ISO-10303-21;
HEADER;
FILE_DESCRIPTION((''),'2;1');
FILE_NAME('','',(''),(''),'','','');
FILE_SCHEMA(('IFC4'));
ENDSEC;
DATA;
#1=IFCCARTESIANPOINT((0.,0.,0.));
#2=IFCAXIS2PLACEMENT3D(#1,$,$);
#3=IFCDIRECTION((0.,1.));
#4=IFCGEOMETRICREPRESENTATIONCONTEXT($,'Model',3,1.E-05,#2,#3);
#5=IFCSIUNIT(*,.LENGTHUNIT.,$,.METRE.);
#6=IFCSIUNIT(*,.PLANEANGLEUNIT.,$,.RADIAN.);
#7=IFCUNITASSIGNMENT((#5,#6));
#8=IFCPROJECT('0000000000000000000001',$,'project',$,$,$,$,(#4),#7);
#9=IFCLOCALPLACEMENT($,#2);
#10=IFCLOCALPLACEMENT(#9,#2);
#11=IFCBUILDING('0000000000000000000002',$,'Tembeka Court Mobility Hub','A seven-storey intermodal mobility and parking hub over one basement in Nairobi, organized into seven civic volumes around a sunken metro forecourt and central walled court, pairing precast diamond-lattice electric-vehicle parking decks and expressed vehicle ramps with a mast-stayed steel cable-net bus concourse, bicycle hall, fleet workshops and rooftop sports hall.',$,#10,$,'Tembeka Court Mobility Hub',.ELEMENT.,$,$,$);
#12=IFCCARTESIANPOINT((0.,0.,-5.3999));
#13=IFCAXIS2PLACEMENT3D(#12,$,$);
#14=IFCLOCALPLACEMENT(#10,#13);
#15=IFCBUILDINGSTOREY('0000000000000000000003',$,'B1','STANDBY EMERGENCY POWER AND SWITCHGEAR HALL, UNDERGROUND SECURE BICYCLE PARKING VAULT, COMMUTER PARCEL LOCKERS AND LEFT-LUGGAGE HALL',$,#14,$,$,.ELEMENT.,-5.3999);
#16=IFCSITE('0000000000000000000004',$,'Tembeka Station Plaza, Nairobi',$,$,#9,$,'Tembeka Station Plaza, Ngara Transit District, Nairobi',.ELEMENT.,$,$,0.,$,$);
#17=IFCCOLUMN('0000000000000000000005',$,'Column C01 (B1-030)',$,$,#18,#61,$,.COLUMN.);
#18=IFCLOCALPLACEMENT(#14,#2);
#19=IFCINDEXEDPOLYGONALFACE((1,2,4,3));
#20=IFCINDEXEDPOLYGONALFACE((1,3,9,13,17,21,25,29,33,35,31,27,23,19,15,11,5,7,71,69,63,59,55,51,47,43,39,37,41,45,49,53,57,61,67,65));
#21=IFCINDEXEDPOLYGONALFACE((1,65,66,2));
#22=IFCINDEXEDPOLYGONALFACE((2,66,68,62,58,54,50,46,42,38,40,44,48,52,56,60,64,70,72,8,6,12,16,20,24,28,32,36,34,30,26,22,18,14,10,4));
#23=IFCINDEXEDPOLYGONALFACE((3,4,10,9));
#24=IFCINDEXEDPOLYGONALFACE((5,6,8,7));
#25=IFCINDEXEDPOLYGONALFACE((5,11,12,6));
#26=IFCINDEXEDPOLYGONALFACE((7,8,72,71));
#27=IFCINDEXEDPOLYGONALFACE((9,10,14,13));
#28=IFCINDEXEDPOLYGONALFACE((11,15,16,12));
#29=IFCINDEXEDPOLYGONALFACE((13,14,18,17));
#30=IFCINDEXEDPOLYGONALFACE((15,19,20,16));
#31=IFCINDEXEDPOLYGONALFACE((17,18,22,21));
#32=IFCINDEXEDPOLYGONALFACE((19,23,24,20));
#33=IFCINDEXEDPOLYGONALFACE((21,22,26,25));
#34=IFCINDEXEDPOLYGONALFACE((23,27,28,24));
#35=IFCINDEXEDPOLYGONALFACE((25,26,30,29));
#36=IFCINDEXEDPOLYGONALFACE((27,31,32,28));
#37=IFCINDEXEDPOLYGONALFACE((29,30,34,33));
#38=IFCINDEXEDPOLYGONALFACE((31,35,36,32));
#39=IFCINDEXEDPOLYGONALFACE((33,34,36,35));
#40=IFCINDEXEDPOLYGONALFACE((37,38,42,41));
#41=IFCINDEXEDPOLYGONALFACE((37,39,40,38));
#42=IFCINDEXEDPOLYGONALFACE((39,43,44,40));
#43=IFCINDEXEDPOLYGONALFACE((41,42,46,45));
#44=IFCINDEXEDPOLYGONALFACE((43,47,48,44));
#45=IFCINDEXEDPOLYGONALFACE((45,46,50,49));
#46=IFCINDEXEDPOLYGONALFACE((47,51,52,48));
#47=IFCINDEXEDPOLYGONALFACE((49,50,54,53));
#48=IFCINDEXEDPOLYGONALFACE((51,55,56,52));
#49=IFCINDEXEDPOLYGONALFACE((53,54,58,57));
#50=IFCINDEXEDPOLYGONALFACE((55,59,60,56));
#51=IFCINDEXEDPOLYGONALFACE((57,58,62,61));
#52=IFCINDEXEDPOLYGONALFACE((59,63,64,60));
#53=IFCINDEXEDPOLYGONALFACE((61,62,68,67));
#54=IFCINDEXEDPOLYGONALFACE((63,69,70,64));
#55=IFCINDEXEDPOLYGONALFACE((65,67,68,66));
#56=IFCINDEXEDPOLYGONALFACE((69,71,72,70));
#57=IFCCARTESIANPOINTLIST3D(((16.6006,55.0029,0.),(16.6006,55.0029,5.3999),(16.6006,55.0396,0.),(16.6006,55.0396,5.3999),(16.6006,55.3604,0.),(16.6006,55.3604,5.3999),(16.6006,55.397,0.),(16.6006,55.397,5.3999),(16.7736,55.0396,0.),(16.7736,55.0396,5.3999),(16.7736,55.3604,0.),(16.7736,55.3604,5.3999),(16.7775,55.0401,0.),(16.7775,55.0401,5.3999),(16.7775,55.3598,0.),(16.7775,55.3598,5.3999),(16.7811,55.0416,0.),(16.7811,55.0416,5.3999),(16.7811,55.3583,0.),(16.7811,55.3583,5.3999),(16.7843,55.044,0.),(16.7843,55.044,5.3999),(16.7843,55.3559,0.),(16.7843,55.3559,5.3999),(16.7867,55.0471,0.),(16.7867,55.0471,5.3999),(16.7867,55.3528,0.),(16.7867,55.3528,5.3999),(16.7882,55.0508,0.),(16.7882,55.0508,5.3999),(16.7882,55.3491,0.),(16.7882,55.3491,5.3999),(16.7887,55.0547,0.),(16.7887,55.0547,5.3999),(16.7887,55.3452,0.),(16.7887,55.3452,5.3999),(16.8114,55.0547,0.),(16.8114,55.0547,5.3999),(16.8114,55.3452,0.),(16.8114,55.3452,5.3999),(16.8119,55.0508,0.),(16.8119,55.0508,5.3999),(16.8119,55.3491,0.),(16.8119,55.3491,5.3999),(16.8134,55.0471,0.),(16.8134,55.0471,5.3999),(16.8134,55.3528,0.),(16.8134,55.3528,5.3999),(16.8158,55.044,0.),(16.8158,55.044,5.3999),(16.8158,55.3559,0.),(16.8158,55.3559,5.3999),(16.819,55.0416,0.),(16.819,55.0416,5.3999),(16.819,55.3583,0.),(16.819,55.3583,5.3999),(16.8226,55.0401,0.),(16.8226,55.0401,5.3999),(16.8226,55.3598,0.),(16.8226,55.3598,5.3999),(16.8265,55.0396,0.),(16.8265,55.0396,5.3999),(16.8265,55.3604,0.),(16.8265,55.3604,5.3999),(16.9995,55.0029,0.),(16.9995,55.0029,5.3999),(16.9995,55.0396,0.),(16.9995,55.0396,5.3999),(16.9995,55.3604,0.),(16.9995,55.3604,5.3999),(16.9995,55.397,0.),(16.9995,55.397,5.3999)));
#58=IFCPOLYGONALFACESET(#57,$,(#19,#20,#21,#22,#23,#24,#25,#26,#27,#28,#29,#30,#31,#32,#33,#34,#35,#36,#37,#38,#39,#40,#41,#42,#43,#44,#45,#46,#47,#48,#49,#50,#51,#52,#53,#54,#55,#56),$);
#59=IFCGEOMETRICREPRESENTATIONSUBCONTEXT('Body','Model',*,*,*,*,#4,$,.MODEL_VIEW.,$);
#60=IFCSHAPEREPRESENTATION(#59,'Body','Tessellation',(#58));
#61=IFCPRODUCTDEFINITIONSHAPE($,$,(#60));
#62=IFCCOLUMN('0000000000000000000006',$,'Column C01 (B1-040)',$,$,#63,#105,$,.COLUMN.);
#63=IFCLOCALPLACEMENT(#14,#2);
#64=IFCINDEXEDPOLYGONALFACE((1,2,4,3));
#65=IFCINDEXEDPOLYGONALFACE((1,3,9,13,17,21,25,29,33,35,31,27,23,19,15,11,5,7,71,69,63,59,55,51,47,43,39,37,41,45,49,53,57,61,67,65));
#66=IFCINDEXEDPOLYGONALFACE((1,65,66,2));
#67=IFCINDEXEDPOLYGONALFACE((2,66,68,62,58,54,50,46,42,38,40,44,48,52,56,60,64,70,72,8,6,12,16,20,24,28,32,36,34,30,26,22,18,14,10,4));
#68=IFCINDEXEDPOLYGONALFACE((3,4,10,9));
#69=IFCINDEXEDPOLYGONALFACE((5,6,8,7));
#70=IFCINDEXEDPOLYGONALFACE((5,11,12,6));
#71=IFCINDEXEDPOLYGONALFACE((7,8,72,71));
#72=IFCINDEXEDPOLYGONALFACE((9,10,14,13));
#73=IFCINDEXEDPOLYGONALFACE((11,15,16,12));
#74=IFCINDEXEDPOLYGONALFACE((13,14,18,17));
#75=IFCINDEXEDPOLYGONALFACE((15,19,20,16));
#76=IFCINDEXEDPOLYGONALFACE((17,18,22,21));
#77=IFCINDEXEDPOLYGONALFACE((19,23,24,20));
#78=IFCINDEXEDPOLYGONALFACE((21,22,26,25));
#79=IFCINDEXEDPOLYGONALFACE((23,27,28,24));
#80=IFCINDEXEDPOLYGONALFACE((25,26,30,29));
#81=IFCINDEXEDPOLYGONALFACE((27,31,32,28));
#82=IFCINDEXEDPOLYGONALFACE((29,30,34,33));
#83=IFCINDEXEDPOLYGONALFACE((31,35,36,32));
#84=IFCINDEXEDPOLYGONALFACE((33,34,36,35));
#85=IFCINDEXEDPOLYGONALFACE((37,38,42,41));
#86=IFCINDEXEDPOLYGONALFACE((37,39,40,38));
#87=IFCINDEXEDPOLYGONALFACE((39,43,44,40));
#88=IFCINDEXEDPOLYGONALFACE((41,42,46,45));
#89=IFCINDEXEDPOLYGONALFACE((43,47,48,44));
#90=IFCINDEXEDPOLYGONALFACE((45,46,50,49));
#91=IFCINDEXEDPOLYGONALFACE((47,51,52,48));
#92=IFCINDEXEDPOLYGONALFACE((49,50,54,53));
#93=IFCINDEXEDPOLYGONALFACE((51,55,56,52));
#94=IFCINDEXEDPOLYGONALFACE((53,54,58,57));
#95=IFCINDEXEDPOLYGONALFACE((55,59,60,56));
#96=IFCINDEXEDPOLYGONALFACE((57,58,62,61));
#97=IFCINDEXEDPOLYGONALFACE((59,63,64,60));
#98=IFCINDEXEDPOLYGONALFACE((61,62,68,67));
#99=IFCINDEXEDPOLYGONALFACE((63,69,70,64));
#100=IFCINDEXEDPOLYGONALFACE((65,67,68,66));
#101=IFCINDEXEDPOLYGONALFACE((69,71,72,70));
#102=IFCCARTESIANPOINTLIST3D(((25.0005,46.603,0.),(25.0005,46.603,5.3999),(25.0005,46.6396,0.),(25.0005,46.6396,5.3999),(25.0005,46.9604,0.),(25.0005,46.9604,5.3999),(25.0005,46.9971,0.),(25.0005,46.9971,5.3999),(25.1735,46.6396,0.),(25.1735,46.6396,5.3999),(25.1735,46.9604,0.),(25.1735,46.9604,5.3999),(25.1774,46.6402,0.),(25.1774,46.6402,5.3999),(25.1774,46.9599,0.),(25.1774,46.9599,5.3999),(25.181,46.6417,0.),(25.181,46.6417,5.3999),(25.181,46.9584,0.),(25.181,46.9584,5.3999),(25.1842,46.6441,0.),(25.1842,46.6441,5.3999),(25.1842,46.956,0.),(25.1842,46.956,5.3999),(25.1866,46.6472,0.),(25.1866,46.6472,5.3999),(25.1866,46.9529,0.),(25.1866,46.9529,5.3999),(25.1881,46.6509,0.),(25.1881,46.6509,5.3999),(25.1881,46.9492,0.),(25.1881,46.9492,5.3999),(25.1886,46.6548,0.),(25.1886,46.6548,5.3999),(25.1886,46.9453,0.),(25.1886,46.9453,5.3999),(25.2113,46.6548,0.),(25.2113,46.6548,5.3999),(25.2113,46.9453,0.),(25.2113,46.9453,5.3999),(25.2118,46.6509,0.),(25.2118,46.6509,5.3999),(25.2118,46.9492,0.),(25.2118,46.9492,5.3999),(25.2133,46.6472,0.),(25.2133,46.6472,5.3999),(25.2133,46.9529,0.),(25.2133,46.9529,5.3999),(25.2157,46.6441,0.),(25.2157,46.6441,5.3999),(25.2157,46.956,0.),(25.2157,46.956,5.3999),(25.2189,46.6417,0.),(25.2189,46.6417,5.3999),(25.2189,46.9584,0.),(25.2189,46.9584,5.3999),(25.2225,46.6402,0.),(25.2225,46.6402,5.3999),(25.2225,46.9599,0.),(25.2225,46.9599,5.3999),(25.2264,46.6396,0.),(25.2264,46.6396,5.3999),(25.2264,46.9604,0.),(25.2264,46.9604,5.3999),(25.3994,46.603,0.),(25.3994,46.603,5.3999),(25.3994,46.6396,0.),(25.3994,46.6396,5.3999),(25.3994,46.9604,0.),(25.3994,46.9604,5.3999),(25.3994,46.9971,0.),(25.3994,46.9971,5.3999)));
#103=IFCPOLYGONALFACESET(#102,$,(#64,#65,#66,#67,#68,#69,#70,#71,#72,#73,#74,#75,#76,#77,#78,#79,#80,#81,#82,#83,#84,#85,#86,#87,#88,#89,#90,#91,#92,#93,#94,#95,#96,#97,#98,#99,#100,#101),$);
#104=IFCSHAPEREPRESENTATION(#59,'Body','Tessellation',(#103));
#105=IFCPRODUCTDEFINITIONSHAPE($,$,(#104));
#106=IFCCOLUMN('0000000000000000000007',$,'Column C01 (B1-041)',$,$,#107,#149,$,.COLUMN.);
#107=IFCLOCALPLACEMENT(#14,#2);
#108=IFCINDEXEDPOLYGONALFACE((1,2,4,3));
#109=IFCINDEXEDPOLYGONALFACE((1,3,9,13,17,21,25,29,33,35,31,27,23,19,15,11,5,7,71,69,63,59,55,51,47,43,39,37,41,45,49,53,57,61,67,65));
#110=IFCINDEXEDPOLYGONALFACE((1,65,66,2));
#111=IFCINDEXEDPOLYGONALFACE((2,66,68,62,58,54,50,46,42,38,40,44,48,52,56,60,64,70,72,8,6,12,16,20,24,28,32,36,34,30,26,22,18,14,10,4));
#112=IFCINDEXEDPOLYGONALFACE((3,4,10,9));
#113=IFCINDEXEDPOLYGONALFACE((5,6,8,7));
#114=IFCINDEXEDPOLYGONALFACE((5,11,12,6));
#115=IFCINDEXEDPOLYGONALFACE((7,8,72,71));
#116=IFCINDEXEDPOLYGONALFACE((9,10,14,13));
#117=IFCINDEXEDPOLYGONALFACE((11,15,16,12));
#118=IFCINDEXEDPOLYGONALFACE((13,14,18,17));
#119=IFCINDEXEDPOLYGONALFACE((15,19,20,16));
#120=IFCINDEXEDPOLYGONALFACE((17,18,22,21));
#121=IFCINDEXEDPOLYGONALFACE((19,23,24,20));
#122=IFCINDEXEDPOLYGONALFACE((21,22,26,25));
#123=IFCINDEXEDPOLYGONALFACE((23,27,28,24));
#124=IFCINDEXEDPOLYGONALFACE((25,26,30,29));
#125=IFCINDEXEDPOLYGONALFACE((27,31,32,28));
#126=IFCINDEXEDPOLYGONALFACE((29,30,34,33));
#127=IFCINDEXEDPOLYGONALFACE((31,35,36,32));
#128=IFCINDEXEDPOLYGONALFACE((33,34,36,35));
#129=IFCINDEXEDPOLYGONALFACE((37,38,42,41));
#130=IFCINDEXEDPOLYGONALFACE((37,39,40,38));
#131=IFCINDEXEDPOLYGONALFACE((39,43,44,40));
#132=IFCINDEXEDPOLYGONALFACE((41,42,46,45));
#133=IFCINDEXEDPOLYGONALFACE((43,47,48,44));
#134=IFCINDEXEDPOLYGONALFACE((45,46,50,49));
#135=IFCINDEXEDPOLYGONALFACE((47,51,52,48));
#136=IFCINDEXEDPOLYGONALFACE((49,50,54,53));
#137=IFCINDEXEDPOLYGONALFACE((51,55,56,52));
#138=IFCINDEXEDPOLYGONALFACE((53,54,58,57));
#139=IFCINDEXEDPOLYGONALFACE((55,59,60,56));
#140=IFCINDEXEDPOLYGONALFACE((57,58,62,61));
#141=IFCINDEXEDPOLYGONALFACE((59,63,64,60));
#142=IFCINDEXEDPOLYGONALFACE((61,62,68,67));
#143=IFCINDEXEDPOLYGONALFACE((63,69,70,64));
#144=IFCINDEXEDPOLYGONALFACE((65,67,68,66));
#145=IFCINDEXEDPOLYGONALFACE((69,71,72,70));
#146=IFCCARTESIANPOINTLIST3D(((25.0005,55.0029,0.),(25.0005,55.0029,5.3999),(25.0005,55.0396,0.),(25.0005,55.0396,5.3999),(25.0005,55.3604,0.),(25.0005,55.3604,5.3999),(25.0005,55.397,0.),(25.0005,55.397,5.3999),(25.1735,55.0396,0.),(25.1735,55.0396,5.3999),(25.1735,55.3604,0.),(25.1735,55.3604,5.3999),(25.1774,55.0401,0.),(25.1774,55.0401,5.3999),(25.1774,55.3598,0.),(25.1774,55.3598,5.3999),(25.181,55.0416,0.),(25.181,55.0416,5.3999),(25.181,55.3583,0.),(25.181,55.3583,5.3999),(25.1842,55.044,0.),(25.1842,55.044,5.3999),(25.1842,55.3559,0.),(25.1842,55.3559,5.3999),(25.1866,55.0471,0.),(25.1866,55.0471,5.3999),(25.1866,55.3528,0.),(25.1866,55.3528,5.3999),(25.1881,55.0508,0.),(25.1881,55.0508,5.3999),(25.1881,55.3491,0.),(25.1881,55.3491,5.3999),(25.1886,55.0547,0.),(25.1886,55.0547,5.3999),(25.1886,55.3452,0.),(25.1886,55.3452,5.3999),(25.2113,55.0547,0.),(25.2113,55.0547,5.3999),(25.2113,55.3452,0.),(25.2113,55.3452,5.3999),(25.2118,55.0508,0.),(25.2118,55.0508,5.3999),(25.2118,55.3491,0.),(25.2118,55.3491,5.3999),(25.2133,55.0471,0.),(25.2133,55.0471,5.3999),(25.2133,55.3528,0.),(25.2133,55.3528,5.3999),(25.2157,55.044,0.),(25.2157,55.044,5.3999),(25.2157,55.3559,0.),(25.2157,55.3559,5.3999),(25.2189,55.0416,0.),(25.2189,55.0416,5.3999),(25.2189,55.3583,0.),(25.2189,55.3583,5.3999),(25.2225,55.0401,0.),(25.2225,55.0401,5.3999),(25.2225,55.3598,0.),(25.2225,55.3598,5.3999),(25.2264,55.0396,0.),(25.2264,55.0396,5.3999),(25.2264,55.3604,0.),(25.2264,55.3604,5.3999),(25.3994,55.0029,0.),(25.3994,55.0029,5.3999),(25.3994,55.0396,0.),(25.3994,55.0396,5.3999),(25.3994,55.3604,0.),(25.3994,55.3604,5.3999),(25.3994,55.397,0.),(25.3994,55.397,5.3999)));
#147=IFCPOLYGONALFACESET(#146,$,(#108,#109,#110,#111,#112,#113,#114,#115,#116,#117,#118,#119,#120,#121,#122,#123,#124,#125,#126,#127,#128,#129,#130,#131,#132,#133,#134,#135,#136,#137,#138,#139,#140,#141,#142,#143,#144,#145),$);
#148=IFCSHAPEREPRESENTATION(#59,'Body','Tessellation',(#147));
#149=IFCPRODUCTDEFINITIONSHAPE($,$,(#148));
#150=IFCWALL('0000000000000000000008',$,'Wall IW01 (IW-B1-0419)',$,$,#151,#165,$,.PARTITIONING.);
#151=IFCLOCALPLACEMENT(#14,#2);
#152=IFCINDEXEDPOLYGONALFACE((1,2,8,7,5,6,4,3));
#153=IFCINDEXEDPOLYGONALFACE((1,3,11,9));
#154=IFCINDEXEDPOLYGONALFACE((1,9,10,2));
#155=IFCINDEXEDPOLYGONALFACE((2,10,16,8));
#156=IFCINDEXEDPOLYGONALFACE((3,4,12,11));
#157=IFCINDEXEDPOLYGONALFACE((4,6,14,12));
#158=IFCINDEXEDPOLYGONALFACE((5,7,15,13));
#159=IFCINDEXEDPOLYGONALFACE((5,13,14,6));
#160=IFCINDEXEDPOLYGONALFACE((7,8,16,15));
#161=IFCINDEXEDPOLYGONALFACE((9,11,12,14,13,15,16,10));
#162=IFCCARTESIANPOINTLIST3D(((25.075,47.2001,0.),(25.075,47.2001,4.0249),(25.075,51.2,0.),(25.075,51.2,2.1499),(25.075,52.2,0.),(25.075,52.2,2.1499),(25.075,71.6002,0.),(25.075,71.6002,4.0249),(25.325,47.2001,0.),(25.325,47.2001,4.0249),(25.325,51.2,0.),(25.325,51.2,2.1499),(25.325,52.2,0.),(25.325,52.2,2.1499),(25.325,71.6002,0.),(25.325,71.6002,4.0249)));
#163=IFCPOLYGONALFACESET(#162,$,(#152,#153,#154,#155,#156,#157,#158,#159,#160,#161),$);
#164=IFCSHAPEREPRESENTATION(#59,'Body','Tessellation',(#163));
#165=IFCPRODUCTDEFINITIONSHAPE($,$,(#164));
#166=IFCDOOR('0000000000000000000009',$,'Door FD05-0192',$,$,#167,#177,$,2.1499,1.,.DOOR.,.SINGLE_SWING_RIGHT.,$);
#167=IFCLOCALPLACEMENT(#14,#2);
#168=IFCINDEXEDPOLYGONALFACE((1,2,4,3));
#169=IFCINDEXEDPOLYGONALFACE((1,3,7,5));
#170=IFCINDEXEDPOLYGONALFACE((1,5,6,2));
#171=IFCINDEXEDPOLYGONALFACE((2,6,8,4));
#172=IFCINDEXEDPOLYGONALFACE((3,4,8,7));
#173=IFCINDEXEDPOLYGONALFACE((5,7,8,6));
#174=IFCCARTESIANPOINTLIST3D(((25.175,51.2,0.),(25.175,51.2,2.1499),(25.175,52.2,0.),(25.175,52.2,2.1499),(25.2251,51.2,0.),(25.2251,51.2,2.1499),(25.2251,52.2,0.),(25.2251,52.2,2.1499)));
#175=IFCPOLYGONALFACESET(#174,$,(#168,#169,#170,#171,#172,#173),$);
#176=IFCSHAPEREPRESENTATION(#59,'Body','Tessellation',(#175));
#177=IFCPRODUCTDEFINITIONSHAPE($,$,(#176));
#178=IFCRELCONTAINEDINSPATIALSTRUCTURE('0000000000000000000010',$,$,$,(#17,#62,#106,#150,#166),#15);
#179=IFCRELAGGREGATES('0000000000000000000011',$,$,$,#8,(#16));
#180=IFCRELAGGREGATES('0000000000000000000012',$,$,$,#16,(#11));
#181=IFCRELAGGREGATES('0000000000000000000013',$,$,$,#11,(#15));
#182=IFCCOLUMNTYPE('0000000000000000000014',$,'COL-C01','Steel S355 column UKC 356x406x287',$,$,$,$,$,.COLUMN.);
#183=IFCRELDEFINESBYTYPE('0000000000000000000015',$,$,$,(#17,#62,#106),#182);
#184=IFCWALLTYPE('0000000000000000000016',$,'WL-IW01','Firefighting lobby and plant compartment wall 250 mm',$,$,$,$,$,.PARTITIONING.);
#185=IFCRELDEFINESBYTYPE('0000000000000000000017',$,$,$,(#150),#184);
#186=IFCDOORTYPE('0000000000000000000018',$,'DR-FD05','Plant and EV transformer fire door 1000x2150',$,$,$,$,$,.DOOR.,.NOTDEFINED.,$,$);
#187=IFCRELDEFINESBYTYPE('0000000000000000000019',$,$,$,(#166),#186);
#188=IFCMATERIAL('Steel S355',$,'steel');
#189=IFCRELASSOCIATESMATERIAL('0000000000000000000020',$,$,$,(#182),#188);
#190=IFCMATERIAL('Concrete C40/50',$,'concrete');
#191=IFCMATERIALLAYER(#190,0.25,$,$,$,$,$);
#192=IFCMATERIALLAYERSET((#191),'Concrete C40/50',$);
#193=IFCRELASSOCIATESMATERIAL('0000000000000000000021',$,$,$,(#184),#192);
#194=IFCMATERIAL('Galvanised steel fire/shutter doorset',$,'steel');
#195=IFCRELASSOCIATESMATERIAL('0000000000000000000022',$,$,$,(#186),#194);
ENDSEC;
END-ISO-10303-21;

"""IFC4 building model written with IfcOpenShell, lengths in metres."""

from ifc_helpers import new_model, si_unit, direction, frame, frame_2d, origin, origin_2d, place, context, subcontext, project, spatial, rectangle, i_section, extrude, material, layer, layer_set, material_profile, profile_set, type_object, element, fill, save


model = new_model("IFC4")

# Units and contexts
model_context = context("Model", 3, precision=1e-05, world=origin(), true_north=direction((0.0, 1.0)))
body_context = subcontext(model_context, "Body", "Model", "MODEL_VIEW")
ifc_project = project(units=[si_unit("LENGTHUNIT", "METRE"), si_unit("PLANEANGLEUNIT", "RADIAN")], contexts=[model_context])

# Site, building, storey
site_placement = place(None, origin())
site = spatial("IfcSite", under=ifc_project, at=site_placement, Name="Tembeka Station Plaza, Nairobi", LongName="Tembeka Station Plaza, Ngara Transit District, Nairobi", CompositionType="ELEMENT", RefElevation=0.0)
building_placement = place(site_placement, origin())
building = spatial("IfcBuilding", under=site, at=building_placement, Name="Tembeka Court Mobility Hub", Description="A seven-storey intermodal mobility and parking hub over one basement in Nairobi, organized into seven civic volumes around a sunken metro forecourt and central walled court, pairing precast diamond-lattice electric-vehicle parking decks and expressed vehicle ramps with a mast-stayed steel cable-net bus concourse, bicycle hall, fleet workshops and rooftop sports hall.", LongName="Tembeka Court Mobility Hub", CompositionType="ELEMENT")
storey_placement = place(building_placement, frame((0.0, 0.0, -5.3999)))
storey = spatial("IfcBuildingStorey", under=building, at=storey_placement, Name="B1", Description="STANDBY EMERGENCY POWER AND SWITCHGEAR HALL, UNDERGROUND SECURE BICYCLE PARKING VAULT, COMMUTER PARCEL LOCKERS AND LEFT-LUGGAGE HALL", CompositionType="ELEMENT", Elevation=-5.3999)

# Shared definitions
ifc_material_1 = material(Name="Concrete C40/50", Category="concrete")

# Columns
ifc_material_2 = material(Name="Steel S355", Category="steel")
ifc_material_profile_1 = material_profile(ifc_material_2, i_section(OverallWidth=0.3989, OverallDepth=0.394, WebThickness=0.0227, FlangeThickness=0.0366, FilletRadius=0.0151, at=origin_2d()), Name="UKC 356x406x287")
ifc_profile_set_1 = profile_set([ifc_material_profile_1], Name="Steel S355")
column_type = type_object("IfcColumnType", Name="COL-C01", Description="Steel S355 column UKC 356x406x287", PredefinedType="COLUMN", material=ifc_profile_set_1)
for number, where, z_axis, x_axis, name in (
    (1, (16.8, 55.2, 0.0), (0.0, 0.0, 1.0), (1.0, 0.0, 0.0), "Column C01 (B1-030)"),
    (2, (25.2, 46.8, 0.0), (0.0, 0.0, 1.0), (1.0, 0.0, 0.0), "Column C01 (B1-040)"),
    (3, (25.2, 55.2, 0.0), (0.0, 0.0, 1.0), (1.0, 0.0, 0.0), "Column C01 (B1-041)"),
):
    element("IfcColumn", number, at=place(storey_placement, frame(where, z_axis=z_axis, x_axis=x_axis)), inside=storey, type_object=column_type, Name=name, PredefinedType="COLUMN", context=body_context, shape_type="SweptSolid", body=[
        extrude(i_section(OverallWidth=0.3989, OverallDepth=0.394, WebThickness=0.0227, FlangeThickness=0.0366, FilletRadius=0.0151, at=origin_2d()), origin(), (0.0, 0.0, 1.0), 5.3999),
    ])

# Wall, opening, door
ifc_layer = layer(ifc_material_1, 0.25)
ifc_layer_set = layer_set([ifc_layer], Name="Concrete C40/50")
wall_type = type_object("IfcWallType", Name="WL-IW01", Description="Firefighting lobby and plant compartment wall 250 mm", PredefinedType="PARTITIONING", material=ifc_layer_set)
wall_placement = place(storey_placement, frame((25.2, 47.2, 0.0), z_axis=(0.0, 0.0, 1.0), x_axis=(0.0, 1.0, 0.0)))
wall = element("IfcWall", 4, at=wall_placement, inside=storey, type_object=wall_type, Name="Wall IW01 (IW-B1-0419)", PredefinedType="PARTITIONING", context=body_context, shape_type="SweptSolid", body=[
    extrude(rectangle(XDim=24.4001, YDim=0.25, at=frame_2d((12.2002, 0.0))), origin(), (0.0, 0.0, 1.0), 4.0249),
])
opening_placement = place(wall_placement, frame((4.0, 0.0, 0.0)))
opening = element("IfcOpeningElement", 5, at=opening_placement, cuts=wall, PredefinedType="OPENING", context=body_context, shape_type="SweptSolid", body=[
    extrude(rectangle(XDim=1.0, YDim=2.1499, at=frame_2d((0.5, 1.075))), frame((0.0, 0.135, 0.0), z_axis=(0.0, -1.0, 0.0), x_axis=(1.0, 0.0, 0.0)), (0.0, 0.0, 1.0), 0.27),
])
ifc_material_3 = material(Name="Galvanised steel fire/shutter doorset", Category="steel")
door_type = type_object("IfcDoorType", Name="DR-FD05", Description="Plant and EV transformer fire door 1000x2150", OperationType="NOTDEFINED", PredefinedType="DOOR", material=ifc_material_3)
door_placement = place(opening_placement, origin())
door = element("IfcDoor", 6, at=door_placement, inside=storey, type_object=door_type, Name="Door FD05-0192", OperationType="SINGLE_SWING_RIGHT", OverallHeight=2.1499, OverallWidth=1.0, PredefinedType="DOOR", context=body_context, shape_type="SweptSolid", body=[
    extrude(rectangle(XDim=1.0, YDim=2.1499, at=frame_2d((0.5, 1.075))), frame((0.0, 0.0249, 0.0), z_axis=(0.0, -1.0, 0.0), x_axis=(1.0, 0.0, 0.0)), (0.0, 0.0, 1.0), 0.05),
])
fill(opening, door)

save(model, "model.ifc")
